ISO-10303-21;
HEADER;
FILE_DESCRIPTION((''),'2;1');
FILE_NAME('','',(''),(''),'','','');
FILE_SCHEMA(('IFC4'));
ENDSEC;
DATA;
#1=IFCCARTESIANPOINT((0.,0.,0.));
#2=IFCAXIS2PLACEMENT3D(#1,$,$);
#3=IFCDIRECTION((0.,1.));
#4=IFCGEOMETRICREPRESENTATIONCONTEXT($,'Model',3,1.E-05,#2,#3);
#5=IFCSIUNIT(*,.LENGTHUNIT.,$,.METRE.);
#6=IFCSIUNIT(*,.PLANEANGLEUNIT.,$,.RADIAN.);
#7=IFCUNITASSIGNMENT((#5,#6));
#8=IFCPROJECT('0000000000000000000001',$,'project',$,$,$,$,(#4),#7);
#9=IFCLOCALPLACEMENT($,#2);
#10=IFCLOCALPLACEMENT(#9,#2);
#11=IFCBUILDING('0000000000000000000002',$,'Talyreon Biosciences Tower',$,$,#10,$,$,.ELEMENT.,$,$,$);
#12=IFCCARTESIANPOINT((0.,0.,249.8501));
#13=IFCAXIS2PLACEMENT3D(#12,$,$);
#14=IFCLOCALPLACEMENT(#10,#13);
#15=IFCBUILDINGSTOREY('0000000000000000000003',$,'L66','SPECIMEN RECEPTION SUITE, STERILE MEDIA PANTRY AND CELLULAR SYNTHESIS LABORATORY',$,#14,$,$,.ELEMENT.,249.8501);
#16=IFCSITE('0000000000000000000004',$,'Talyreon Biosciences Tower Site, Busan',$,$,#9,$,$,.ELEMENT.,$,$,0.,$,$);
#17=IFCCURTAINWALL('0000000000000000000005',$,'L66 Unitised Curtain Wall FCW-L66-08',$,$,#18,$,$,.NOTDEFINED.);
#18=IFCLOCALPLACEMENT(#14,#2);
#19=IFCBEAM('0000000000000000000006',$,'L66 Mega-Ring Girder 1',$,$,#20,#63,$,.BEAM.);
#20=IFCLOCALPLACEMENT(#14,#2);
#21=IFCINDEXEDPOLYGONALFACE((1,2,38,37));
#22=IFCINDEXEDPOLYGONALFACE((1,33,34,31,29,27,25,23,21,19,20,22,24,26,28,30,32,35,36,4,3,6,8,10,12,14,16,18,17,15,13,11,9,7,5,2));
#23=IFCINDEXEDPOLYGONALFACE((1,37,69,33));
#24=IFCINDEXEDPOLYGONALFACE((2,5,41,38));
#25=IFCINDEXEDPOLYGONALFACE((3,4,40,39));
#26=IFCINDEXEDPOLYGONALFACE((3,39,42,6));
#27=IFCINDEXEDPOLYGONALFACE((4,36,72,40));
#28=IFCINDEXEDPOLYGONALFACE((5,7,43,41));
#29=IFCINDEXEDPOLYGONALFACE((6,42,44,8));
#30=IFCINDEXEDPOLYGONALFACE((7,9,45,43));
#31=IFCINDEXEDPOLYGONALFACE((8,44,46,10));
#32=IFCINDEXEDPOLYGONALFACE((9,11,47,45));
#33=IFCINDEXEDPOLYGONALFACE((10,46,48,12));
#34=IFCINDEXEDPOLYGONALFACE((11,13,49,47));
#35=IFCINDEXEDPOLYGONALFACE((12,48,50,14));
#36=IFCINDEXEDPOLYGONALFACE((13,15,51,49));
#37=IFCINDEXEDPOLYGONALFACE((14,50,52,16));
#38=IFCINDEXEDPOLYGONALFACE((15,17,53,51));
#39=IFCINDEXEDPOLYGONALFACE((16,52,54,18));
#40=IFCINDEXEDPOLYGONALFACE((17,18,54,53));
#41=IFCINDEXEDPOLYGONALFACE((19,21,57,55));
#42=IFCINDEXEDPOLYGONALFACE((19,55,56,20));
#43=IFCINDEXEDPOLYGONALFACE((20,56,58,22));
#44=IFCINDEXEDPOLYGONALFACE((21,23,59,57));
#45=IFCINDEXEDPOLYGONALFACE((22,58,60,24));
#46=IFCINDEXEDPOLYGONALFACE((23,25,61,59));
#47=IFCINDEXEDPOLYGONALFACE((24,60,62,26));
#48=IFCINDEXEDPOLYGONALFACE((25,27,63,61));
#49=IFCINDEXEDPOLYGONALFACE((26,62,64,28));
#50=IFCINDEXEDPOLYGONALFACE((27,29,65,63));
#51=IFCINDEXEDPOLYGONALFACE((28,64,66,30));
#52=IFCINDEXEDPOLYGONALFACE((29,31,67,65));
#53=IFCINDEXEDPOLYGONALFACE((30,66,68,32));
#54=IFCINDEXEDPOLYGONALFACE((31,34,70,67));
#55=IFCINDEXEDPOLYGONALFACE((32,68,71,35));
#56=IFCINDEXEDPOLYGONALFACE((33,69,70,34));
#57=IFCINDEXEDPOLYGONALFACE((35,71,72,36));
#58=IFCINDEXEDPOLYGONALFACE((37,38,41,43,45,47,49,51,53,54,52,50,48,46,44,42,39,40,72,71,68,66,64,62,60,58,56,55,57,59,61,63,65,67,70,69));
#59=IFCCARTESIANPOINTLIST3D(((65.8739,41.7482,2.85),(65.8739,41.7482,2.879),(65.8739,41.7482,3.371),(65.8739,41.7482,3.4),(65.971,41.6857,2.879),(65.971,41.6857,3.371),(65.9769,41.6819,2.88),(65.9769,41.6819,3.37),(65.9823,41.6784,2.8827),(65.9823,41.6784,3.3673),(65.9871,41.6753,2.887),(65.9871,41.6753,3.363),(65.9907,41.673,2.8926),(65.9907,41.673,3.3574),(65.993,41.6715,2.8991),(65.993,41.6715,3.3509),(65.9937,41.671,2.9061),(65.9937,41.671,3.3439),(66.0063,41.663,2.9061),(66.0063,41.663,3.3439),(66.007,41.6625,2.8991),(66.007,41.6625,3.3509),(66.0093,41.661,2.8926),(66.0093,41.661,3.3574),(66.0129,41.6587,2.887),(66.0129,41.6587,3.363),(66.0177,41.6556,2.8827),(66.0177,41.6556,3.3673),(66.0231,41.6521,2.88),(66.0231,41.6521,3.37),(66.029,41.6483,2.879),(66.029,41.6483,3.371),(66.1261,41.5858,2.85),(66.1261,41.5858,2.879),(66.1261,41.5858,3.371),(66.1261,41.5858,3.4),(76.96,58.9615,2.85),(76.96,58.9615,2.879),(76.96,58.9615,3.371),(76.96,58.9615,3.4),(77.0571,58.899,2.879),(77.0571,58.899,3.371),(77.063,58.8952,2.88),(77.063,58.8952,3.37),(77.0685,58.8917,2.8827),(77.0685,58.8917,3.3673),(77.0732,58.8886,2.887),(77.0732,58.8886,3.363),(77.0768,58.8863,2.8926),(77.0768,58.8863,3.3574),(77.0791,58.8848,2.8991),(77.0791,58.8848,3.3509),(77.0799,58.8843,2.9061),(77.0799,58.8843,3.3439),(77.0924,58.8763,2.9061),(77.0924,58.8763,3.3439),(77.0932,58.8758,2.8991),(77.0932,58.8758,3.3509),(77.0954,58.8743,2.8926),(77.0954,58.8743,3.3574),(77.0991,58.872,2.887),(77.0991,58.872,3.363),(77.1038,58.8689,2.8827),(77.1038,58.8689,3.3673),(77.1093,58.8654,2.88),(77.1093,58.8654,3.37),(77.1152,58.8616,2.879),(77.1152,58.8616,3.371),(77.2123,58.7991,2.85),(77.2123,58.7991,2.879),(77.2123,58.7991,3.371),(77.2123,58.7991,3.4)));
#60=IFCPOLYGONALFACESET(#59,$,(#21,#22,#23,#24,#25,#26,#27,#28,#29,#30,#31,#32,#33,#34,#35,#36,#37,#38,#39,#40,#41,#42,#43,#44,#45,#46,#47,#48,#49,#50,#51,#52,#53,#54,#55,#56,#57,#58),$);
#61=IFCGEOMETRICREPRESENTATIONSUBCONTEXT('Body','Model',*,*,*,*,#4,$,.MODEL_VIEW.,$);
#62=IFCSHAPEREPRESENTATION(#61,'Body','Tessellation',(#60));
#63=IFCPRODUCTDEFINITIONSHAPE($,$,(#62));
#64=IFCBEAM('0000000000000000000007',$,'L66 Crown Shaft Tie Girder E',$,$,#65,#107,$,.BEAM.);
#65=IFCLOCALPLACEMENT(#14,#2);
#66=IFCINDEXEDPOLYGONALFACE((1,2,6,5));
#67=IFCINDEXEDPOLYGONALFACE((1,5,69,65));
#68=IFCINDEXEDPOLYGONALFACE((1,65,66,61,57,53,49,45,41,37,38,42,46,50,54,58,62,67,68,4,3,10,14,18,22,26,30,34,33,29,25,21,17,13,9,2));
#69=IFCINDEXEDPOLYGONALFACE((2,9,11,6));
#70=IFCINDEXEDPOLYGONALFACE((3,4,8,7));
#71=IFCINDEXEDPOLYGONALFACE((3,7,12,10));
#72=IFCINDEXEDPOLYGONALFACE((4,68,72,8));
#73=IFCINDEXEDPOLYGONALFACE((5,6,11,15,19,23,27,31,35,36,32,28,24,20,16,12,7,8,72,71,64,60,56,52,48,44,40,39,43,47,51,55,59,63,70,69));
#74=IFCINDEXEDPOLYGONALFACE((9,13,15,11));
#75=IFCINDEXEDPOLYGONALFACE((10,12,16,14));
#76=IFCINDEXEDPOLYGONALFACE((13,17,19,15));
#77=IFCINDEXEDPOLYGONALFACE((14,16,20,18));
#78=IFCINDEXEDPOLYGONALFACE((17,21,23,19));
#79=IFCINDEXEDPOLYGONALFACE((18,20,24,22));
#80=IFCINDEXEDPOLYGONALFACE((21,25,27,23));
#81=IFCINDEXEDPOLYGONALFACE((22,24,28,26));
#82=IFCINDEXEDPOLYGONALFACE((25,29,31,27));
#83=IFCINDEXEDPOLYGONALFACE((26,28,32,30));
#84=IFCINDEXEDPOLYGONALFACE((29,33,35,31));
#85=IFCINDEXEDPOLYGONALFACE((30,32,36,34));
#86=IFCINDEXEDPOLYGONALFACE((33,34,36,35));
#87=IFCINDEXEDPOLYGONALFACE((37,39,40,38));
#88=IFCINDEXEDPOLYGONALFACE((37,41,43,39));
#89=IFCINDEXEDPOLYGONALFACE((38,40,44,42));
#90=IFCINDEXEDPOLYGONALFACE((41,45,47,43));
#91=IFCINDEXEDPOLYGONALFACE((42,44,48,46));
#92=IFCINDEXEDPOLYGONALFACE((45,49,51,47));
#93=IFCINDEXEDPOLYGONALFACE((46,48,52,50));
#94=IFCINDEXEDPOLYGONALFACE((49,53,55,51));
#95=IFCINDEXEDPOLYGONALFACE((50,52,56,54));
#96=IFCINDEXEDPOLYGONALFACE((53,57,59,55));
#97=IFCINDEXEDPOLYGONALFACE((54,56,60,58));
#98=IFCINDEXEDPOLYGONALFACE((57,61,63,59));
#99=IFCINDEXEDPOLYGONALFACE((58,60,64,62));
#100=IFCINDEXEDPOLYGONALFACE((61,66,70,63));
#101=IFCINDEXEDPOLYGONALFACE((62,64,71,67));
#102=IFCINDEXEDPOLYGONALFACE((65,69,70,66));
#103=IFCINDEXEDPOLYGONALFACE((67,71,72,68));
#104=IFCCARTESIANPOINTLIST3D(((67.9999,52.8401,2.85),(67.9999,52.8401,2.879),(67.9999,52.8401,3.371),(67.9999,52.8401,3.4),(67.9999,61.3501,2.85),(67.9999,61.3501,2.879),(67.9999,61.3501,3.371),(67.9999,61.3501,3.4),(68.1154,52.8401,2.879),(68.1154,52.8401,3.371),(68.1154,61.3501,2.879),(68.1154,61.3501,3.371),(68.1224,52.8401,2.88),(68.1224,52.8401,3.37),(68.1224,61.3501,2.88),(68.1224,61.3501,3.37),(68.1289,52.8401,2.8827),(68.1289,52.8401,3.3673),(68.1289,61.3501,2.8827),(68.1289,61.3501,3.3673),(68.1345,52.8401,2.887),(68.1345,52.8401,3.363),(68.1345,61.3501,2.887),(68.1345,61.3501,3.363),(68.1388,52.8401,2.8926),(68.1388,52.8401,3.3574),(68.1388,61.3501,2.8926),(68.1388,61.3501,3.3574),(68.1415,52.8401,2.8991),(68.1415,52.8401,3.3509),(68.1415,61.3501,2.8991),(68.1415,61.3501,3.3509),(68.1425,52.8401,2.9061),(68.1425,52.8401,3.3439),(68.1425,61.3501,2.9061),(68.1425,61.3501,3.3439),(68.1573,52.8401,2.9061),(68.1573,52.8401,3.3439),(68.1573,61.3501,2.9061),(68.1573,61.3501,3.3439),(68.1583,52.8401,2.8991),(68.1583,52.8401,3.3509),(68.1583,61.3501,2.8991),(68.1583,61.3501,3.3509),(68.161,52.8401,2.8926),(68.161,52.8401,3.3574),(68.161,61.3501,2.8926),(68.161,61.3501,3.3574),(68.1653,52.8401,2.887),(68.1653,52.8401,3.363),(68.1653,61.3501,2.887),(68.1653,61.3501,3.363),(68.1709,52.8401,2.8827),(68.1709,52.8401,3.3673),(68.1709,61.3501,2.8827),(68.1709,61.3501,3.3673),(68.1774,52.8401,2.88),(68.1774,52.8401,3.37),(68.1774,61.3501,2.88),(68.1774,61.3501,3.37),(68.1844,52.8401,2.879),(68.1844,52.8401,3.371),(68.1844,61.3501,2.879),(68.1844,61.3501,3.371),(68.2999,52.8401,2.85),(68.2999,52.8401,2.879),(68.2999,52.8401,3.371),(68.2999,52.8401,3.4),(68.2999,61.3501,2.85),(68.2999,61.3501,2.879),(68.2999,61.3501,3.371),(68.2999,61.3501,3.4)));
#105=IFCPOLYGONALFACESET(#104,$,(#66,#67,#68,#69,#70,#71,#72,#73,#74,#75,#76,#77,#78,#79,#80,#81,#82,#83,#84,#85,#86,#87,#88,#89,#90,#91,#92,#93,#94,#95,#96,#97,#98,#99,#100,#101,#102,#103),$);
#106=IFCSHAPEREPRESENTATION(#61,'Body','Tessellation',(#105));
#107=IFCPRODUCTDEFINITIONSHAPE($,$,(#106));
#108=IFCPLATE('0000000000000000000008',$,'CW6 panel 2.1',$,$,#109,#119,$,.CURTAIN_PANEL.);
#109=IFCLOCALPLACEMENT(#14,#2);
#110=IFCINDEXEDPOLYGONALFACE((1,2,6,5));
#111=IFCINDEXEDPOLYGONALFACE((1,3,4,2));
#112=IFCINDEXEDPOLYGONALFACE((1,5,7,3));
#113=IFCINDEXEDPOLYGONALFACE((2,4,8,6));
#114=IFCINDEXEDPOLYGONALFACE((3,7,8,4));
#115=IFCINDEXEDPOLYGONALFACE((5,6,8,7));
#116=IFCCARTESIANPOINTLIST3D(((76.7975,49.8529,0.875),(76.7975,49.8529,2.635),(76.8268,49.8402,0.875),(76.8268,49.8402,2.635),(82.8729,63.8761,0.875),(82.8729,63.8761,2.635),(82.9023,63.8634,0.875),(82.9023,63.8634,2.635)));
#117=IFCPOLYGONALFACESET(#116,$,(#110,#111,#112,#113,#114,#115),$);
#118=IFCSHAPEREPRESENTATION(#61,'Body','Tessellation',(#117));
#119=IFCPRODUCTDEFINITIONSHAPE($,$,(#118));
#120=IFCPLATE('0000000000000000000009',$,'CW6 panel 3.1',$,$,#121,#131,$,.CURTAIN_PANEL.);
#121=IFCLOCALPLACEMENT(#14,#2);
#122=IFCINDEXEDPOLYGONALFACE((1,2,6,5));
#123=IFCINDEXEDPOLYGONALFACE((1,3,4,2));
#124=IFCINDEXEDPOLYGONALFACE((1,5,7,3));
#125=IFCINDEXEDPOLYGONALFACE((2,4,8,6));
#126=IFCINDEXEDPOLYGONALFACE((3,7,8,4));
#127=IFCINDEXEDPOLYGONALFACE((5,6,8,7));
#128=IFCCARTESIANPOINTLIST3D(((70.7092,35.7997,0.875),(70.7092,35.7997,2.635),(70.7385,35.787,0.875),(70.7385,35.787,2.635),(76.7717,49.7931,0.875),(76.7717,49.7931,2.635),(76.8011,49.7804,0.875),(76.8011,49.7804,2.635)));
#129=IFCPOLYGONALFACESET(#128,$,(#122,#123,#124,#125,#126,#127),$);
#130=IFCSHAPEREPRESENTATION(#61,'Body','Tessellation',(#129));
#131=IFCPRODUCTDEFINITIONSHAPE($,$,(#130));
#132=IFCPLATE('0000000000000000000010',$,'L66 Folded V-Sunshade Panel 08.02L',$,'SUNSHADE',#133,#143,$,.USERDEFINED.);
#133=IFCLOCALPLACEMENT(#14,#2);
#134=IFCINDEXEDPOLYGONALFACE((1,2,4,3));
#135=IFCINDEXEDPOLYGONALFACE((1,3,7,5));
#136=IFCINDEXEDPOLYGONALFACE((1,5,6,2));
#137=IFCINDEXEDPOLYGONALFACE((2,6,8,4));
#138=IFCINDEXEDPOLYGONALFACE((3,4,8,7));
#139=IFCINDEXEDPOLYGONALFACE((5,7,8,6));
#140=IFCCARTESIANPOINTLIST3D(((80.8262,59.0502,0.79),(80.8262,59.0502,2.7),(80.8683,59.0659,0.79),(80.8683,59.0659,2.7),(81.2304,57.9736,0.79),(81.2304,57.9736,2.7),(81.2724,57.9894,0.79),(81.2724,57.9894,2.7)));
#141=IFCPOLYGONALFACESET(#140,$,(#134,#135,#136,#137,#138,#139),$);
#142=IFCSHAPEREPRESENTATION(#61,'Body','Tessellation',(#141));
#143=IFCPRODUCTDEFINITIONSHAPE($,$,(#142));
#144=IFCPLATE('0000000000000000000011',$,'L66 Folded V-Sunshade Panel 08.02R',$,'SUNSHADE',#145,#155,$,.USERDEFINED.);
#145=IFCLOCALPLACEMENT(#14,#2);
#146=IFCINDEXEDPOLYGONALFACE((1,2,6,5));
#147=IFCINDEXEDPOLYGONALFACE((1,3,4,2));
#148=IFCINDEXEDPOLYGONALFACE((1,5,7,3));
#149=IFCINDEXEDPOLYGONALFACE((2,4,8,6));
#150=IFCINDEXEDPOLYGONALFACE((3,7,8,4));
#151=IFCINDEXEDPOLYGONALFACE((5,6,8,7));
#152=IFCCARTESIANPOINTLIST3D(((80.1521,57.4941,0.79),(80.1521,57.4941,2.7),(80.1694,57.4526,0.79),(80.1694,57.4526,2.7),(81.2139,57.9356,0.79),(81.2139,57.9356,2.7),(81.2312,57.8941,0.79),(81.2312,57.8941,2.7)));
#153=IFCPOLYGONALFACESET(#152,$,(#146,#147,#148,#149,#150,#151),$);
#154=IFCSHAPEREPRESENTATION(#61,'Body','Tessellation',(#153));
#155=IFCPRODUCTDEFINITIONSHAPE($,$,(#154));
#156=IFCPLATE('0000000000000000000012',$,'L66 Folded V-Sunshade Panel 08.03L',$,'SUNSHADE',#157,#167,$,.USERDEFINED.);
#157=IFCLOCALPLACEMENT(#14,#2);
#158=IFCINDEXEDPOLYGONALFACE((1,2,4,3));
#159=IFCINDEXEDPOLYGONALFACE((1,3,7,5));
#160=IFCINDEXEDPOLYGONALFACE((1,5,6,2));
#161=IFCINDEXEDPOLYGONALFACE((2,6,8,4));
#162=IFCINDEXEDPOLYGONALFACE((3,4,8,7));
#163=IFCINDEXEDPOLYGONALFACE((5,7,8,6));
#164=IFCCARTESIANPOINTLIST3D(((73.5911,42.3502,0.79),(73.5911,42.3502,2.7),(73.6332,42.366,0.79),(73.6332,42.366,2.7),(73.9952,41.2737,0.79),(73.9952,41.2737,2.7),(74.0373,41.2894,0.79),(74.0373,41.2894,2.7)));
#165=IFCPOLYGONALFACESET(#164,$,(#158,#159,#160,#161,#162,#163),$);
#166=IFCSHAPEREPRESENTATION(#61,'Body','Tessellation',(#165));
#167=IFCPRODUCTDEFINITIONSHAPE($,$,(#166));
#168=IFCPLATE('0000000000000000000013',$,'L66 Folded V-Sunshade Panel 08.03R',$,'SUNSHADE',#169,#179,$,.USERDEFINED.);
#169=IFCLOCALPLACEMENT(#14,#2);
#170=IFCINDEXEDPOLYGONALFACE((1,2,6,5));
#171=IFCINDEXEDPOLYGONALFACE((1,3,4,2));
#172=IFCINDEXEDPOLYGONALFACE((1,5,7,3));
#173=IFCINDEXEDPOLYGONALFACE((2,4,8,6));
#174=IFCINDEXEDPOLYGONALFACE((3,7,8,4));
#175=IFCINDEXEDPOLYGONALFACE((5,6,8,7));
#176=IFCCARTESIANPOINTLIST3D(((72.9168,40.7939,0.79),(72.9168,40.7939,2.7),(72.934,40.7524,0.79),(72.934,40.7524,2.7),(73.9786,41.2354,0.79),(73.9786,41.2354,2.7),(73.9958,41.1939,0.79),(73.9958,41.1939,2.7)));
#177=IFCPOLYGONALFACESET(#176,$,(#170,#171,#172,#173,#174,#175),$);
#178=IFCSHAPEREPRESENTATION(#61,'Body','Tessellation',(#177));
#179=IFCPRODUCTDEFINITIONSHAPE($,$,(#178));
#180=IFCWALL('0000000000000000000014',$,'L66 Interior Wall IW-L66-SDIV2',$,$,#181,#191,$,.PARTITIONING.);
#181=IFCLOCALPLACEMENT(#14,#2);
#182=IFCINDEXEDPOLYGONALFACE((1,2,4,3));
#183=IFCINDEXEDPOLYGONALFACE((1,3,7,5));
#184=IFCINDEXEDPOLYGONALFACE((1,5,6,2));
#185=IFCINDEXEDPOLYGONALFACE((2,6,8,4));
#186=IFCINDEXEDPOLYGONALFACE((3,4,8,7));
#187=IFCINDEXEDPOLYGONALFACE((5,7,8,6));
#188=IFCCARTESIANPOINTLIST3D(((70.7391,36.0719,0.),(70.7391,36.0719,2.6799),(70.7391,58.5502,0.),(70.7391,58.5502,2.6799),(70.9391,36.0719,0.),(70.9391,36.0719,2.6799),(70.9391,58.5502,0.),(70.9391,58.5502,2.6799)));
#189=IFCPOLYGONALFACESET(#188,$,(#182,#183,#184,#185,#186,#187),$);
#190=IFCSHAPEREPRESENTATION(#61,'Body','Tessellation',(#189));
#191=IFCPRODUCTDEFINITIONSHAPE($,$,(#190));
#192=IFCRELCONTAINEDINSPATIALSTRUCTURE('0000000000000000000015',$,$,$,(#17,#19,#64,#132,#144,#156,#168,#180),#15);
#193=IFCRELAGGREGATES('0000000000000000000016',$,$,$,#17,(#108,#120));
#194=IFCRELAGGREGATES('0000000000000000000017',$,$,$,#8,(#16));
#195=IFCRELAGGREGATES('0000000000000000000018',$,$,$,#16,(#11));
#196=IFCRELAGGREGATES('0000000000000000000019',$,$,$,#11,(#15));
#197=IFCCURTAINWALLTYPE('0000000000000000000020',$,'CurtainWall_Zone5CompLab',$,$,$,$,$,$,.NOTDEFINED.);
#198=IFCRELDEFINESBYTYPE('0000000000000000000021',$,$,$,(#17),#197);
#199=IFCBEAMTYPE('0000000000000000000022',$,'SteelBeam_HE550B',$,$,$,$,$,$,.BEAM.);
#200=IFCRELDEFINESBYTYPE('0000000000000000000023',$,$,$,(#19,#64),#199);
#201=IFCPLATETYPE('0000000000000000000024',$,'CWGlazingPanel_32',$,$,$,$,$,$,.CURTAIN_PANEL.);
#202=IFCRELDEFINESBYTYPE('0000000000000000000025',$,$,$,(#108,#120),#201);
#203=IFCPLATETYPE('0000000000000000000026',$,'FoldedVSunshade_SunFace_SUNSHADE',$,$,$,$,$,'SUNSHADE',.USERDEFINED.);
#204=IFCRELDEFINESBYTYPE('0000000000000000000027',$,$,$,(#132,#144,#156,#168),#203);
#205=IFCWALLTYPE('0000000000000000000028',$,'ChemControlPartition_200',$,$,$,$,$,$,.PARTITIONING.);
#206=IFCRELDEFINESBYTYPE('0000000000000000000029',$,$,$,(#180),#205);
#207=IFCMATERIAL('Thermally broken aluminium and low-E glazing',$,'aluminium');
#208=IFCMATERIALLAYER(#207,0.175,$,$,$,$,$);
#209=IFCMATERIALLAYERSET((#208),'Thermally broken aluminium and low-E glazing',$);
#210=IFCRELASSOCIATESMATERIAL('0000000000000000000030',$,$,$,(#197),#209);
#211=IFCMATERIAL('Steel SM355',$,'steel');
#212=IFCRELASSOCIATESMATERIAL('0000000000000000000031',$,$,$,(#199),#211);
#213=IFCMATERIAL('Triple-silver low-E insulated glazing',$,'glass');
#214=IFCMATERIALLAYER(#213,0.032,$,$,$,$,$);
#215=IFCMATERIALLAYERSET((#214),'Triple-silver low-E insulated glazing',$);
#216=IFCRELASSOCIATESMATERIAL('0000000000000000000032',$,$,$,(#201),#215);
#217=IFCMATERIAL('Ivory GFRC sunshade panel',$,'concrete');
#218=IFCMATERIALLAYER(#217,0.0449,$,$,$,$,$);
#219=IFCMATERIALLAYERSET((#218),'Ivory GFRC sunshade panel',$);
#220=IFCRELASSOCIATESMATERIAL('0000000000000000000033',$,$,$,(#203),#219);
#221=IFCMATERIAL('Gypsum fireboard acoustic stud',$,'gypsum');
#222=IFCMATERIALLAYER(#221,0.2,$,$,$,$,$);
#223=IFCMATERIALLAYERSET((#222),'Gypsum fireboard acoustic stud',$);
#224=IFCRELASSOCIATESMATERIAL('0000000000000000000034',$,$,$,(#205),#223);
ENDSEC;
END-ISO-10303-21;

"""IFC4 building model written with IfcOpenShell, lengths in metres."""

from ifc_helpers import new_model, si_unit, direction, frame, frame_2d, origin, origin_2d, place, context, subcontext, project, spatial, rectangle, i_section, extrude, material, layer, layer_set, material_profile, profile_set, type_object, element, aggregate, save


model = new_model("IFC4")

# Units and contexts
model_context = context("Model", 3, precision=1e-05, world=origin(), true_north=direction((0.0, 1.0)))
body_context = subcontext(model_context, "Body", "Model", "MODEL_VIEW")
ifc_project = project(units=[si_unit("LENGTHUNIT", "METRE"), si_unit("PLANEANGLEUNIT", "RADIAN")], contexts=[model_context])

# Site, building, storey
site_placement = place(None, origin())
site = spatial("IfcSite", under=ifc_project, at=site_placement, Name="Talyreon Biosciences Tower Site, Busan", CompositionType="ELEMENT", RefElevation=0.0)
building_placement = place(site_placement, origin())
building = spatial("IfcBuilding", under=site, at=building_placement, Name="Talyreon Biosciences Tower", CompositionType="ELEMENT")
storey_placement = place(building_placement, frame((0.0, 0.0, 249.8501)))
storey = spatial("IfcBuildingStorey", under=building, at=storey_placement, Name="L66", Description="SPECIMEN RECEPTION SUITE, STERILE MEDIA PANTRY AND CELLULAR SYNTHESIS LABORATORY", CompositionType="ELEMENT", Elevation=249.8501)

# Curtain wall
ifc_material_1 = material(Name="Thermally broken aluminium and low-E glazing", Category="aluminium")
ifc_layer_1 = layer(ifc_material_1, 0.175)
ifc_layer_set_1 = layer_set([ifc_layer_1], Name="Thermally broken aluminium and low-E glazing")
curtain_wall_type = type_object("IfcCurtainWallType", Name="CurtainWall_Zone5CompLab", PredefinedType="NOTDEFINED", material=ifc_layer_set_1)
curtain_wall_placement = place(storey_placement, origin())
curtain_wall = element("IfcCurtainWall", 1, at=curtain_wall_placement, inside=storey, type_object=curtain_wall_type, Name="L66 Unitised Curtain Wall FCW-L66-08", PredefinedType="NOTDEFINED")

# Beams
ifc_material_2 = material(Name="Steel SM355", Category="steel")
ifc_material_profile_1 = material_profile(ifc_material_2, i_section(OverallWidth=0.3, OverallDepth=0.55, WebThickness=0.0149, FlangeThickness=0.0291, FilletRadius=0.0271, at=origin_2d()), Name="HE550B")
ifc_profile_set_1 = profile_set([ifc_material_profile_1], Name="Steel SM355")
beam_type_1 = type_object("IfcBeamType", Name="SteelBeam_HE550B", PredefinedType="BEAM", material=ifc_profile_set_1)
beam_1_placement = place(storey_placement, frame((66.0, 41.667, 3.125), z_axis=(0.541464, 0.840724, 0.0), x_axis=(-0.840724, 0.541464, 0.0)))
element("IfcBeam", 2, at=beam_1_placement, inside=storey, type_object=beam_type_1, Name="L66 Mega-Ring Girder 1", PredefinedType="BEAM", context=body_context, shape_type="SweptSolid", body=[
    extrude(i_section(OverallWidth=0.3, OverallDepth=0.55, WebThickness=0.0149, FlangeThickness=0.0291, FilletRadius=0.0271, at=origin_2d()), origin(), (0.0, 0.0, 1.0), 20.4744),
])
beam_2_placement = place(storey_placement, frame((68.1499, 52.8401, 3.125), z_axis=(0.0, 1.0, 0.0), x_axis=(-1.0, 0.0, 0.0)))
element("IfcBeam", 3, at=beam_2_placement, inside=storey, type_object=beam_type_1, Name="L66 Crown Shaft Tie Girder E", PredefinedType="BEAM", context=body_context, shape_type="SweptSolid", body=[
    extrude(i_section(OverallWidth=0.3, OverallDepth=0.55, WebThickness=0.0149, FlangeThickness=0.0291, FilletRadius=0.0271, at=origin_2d()), origin(), (0.0, 0.0, 1.0), 8.51),
])

# Plates
ifc_material_3 = material(Name="Triple-silver low-E insulated glazing", Category="glass")
ifc_layer_2 = layer(ifc_material_3, 0.032)
ifc_layer_set_2 = layer_set([ifc_layer_2], Name="Triple-silver low-E insulated glazing")
plate_type_1 = type_object("IfcPlateType", Name="CWGlazingPanel_32", PredefinedType="CURTAIN_PANEL", material=ifc_layer_set_2)
plate_1_placement = place(storey_placement, frame((79.8499, 56.8582, 0.875), z_axis=(0.0, 0.0, 1.0), x_axis=(-0.397537, -0.917586, 0.0)))
plate_1 = element("IfcPlate", 4, at=plate_1_placement, type_object=plate_type_1, Name="CW6 panel 2.1", PredefinedType="CURTAIN_PANEL", context=body_context, shape_type="SweptSolid", body=[
    extrude(rectangle(XDim=15.2827, YDim=0.032, at=origin_2d()), origin(), (0.0, 0.0, 1.0), 1.76),
])
plate_2_placement = place(storey_placement, frame((73.7551, 42.79, 0.875), z_axis=(0.0, 0.0, 1.0), x_axis=(-0.397537, -0.917586, 0.0)))
plate_2 = element("IfcPlate", 5, at=plate_2_placement, type_object=plate_type_1, Name="CW6 panel 3.1", PredefinedType="CURTAIN_PANEL", context=body_context, shape_type="SweptSolid", body=[
    extrude(rectangle(XDim=15.2502, YDim=0.032, at=origin_2d()), origin(), (0.0, 0.0, 1.0), 1.76),
])
aggregate(curtain_wall, [plate_1, plate_2])

# Plates
ifc_material_4 = material(Name="Ivory GFRC sunshade panel", Category="concrete")
ifc_layer_3 = layer(ifc_material_4, 0.0449)
ifc_layer_set_3 = layer_set([ifc_layer_3], Name="Ivory GFRC sunshade panel")
plate_type_2 = type_object("IfcPlateType", Name="FoldedVSunshade_SunFace_SUNSHADE", ElementType="SUNSHADE", PredefinedType="USERDEFINED", material=ifc_layer_set_3)
for number, where, z_axis, x_axis, name in (
    (6, (81.0493, 58.5198, 0.79), (0.0, 0.0, 1.0), (0.35145, -0.936207, 0.0), "L66 Folded V-Sunshade Panel 08.02L"),
    (7, (80.6917, 57.6941, 0.79), (0.0, 0.0, 1.0), (-0.923371, -0.383909, 0.0), "L66 Folded V-Sunshade Panel 08.02R"),
    (8, (73.8142, 41.8198, 0.79), (0.0, 0.0, 1.0), (0.35145, -0.936207, 0.0), "L66 Folded V-Sunshade Panel 08.03L"),
    (9, (73.4563, 40.9939, 0.79), (0.0, 0.0, 1.0), (-0.923371, -0.383909, 0.0), "L66 Folded V-Sunshade Panel 08.03R"),
):
    element("IfcPlate", number, at=place(storey_placement, frame(where, z_axis=z_axis, x_axis=x_axis)), inside=storey, type_object=plate_type_2, Name=name, ObjectType="SUNSHADE", PredefinedType="USERDEFINED", context=body_context, shape_type="SweptSolid", body=[
        extrude(rectangle(XDim=1.1499, YDim=0.0449, at=origin_2d()), origin(), (0.0, 0.0, 1.0), 1.9099),
    ])

# Wall
ifc_material_5 = material(Name="Gypsum fireboard acoustic stud", Category="gypsum")
ifc_layer_4 = layer(ifc_material_5, 0.2)
ifc_layer_set_4 = layer_set([ifc_layer_4], Name="Gypsum fireboard acoustic stud")
wall_type_1 = type_object("IfcWallType", Name="ChemControlPartition_200", PredefinedType="PARTITIONING", material=ifc_layer_set_4)
wall_placement = place(storey_placement, frame((70.8391, 36.0718, 0.0), z_axis=(0.0, 0.0, 1.0), x_axis=(0.0, 1.0, 0.0)))
element("IfcWall", 10, at=wall_placement, inside=storey, type_object=wall_type_1, Name="L66 Interior Wall IW-L66-SDIV2", PredefinedType="PARTITIONING", context=body_context, shape_type="SweptSolid", body=[
    extrude(rectangle(XDim=22.4783, YDim=0.2, at=frame_2d((11.2393, 0.0))), origin(), (0.0, 0.0, 1.0), 2.6799),
])

save(model, "model.ifc")
